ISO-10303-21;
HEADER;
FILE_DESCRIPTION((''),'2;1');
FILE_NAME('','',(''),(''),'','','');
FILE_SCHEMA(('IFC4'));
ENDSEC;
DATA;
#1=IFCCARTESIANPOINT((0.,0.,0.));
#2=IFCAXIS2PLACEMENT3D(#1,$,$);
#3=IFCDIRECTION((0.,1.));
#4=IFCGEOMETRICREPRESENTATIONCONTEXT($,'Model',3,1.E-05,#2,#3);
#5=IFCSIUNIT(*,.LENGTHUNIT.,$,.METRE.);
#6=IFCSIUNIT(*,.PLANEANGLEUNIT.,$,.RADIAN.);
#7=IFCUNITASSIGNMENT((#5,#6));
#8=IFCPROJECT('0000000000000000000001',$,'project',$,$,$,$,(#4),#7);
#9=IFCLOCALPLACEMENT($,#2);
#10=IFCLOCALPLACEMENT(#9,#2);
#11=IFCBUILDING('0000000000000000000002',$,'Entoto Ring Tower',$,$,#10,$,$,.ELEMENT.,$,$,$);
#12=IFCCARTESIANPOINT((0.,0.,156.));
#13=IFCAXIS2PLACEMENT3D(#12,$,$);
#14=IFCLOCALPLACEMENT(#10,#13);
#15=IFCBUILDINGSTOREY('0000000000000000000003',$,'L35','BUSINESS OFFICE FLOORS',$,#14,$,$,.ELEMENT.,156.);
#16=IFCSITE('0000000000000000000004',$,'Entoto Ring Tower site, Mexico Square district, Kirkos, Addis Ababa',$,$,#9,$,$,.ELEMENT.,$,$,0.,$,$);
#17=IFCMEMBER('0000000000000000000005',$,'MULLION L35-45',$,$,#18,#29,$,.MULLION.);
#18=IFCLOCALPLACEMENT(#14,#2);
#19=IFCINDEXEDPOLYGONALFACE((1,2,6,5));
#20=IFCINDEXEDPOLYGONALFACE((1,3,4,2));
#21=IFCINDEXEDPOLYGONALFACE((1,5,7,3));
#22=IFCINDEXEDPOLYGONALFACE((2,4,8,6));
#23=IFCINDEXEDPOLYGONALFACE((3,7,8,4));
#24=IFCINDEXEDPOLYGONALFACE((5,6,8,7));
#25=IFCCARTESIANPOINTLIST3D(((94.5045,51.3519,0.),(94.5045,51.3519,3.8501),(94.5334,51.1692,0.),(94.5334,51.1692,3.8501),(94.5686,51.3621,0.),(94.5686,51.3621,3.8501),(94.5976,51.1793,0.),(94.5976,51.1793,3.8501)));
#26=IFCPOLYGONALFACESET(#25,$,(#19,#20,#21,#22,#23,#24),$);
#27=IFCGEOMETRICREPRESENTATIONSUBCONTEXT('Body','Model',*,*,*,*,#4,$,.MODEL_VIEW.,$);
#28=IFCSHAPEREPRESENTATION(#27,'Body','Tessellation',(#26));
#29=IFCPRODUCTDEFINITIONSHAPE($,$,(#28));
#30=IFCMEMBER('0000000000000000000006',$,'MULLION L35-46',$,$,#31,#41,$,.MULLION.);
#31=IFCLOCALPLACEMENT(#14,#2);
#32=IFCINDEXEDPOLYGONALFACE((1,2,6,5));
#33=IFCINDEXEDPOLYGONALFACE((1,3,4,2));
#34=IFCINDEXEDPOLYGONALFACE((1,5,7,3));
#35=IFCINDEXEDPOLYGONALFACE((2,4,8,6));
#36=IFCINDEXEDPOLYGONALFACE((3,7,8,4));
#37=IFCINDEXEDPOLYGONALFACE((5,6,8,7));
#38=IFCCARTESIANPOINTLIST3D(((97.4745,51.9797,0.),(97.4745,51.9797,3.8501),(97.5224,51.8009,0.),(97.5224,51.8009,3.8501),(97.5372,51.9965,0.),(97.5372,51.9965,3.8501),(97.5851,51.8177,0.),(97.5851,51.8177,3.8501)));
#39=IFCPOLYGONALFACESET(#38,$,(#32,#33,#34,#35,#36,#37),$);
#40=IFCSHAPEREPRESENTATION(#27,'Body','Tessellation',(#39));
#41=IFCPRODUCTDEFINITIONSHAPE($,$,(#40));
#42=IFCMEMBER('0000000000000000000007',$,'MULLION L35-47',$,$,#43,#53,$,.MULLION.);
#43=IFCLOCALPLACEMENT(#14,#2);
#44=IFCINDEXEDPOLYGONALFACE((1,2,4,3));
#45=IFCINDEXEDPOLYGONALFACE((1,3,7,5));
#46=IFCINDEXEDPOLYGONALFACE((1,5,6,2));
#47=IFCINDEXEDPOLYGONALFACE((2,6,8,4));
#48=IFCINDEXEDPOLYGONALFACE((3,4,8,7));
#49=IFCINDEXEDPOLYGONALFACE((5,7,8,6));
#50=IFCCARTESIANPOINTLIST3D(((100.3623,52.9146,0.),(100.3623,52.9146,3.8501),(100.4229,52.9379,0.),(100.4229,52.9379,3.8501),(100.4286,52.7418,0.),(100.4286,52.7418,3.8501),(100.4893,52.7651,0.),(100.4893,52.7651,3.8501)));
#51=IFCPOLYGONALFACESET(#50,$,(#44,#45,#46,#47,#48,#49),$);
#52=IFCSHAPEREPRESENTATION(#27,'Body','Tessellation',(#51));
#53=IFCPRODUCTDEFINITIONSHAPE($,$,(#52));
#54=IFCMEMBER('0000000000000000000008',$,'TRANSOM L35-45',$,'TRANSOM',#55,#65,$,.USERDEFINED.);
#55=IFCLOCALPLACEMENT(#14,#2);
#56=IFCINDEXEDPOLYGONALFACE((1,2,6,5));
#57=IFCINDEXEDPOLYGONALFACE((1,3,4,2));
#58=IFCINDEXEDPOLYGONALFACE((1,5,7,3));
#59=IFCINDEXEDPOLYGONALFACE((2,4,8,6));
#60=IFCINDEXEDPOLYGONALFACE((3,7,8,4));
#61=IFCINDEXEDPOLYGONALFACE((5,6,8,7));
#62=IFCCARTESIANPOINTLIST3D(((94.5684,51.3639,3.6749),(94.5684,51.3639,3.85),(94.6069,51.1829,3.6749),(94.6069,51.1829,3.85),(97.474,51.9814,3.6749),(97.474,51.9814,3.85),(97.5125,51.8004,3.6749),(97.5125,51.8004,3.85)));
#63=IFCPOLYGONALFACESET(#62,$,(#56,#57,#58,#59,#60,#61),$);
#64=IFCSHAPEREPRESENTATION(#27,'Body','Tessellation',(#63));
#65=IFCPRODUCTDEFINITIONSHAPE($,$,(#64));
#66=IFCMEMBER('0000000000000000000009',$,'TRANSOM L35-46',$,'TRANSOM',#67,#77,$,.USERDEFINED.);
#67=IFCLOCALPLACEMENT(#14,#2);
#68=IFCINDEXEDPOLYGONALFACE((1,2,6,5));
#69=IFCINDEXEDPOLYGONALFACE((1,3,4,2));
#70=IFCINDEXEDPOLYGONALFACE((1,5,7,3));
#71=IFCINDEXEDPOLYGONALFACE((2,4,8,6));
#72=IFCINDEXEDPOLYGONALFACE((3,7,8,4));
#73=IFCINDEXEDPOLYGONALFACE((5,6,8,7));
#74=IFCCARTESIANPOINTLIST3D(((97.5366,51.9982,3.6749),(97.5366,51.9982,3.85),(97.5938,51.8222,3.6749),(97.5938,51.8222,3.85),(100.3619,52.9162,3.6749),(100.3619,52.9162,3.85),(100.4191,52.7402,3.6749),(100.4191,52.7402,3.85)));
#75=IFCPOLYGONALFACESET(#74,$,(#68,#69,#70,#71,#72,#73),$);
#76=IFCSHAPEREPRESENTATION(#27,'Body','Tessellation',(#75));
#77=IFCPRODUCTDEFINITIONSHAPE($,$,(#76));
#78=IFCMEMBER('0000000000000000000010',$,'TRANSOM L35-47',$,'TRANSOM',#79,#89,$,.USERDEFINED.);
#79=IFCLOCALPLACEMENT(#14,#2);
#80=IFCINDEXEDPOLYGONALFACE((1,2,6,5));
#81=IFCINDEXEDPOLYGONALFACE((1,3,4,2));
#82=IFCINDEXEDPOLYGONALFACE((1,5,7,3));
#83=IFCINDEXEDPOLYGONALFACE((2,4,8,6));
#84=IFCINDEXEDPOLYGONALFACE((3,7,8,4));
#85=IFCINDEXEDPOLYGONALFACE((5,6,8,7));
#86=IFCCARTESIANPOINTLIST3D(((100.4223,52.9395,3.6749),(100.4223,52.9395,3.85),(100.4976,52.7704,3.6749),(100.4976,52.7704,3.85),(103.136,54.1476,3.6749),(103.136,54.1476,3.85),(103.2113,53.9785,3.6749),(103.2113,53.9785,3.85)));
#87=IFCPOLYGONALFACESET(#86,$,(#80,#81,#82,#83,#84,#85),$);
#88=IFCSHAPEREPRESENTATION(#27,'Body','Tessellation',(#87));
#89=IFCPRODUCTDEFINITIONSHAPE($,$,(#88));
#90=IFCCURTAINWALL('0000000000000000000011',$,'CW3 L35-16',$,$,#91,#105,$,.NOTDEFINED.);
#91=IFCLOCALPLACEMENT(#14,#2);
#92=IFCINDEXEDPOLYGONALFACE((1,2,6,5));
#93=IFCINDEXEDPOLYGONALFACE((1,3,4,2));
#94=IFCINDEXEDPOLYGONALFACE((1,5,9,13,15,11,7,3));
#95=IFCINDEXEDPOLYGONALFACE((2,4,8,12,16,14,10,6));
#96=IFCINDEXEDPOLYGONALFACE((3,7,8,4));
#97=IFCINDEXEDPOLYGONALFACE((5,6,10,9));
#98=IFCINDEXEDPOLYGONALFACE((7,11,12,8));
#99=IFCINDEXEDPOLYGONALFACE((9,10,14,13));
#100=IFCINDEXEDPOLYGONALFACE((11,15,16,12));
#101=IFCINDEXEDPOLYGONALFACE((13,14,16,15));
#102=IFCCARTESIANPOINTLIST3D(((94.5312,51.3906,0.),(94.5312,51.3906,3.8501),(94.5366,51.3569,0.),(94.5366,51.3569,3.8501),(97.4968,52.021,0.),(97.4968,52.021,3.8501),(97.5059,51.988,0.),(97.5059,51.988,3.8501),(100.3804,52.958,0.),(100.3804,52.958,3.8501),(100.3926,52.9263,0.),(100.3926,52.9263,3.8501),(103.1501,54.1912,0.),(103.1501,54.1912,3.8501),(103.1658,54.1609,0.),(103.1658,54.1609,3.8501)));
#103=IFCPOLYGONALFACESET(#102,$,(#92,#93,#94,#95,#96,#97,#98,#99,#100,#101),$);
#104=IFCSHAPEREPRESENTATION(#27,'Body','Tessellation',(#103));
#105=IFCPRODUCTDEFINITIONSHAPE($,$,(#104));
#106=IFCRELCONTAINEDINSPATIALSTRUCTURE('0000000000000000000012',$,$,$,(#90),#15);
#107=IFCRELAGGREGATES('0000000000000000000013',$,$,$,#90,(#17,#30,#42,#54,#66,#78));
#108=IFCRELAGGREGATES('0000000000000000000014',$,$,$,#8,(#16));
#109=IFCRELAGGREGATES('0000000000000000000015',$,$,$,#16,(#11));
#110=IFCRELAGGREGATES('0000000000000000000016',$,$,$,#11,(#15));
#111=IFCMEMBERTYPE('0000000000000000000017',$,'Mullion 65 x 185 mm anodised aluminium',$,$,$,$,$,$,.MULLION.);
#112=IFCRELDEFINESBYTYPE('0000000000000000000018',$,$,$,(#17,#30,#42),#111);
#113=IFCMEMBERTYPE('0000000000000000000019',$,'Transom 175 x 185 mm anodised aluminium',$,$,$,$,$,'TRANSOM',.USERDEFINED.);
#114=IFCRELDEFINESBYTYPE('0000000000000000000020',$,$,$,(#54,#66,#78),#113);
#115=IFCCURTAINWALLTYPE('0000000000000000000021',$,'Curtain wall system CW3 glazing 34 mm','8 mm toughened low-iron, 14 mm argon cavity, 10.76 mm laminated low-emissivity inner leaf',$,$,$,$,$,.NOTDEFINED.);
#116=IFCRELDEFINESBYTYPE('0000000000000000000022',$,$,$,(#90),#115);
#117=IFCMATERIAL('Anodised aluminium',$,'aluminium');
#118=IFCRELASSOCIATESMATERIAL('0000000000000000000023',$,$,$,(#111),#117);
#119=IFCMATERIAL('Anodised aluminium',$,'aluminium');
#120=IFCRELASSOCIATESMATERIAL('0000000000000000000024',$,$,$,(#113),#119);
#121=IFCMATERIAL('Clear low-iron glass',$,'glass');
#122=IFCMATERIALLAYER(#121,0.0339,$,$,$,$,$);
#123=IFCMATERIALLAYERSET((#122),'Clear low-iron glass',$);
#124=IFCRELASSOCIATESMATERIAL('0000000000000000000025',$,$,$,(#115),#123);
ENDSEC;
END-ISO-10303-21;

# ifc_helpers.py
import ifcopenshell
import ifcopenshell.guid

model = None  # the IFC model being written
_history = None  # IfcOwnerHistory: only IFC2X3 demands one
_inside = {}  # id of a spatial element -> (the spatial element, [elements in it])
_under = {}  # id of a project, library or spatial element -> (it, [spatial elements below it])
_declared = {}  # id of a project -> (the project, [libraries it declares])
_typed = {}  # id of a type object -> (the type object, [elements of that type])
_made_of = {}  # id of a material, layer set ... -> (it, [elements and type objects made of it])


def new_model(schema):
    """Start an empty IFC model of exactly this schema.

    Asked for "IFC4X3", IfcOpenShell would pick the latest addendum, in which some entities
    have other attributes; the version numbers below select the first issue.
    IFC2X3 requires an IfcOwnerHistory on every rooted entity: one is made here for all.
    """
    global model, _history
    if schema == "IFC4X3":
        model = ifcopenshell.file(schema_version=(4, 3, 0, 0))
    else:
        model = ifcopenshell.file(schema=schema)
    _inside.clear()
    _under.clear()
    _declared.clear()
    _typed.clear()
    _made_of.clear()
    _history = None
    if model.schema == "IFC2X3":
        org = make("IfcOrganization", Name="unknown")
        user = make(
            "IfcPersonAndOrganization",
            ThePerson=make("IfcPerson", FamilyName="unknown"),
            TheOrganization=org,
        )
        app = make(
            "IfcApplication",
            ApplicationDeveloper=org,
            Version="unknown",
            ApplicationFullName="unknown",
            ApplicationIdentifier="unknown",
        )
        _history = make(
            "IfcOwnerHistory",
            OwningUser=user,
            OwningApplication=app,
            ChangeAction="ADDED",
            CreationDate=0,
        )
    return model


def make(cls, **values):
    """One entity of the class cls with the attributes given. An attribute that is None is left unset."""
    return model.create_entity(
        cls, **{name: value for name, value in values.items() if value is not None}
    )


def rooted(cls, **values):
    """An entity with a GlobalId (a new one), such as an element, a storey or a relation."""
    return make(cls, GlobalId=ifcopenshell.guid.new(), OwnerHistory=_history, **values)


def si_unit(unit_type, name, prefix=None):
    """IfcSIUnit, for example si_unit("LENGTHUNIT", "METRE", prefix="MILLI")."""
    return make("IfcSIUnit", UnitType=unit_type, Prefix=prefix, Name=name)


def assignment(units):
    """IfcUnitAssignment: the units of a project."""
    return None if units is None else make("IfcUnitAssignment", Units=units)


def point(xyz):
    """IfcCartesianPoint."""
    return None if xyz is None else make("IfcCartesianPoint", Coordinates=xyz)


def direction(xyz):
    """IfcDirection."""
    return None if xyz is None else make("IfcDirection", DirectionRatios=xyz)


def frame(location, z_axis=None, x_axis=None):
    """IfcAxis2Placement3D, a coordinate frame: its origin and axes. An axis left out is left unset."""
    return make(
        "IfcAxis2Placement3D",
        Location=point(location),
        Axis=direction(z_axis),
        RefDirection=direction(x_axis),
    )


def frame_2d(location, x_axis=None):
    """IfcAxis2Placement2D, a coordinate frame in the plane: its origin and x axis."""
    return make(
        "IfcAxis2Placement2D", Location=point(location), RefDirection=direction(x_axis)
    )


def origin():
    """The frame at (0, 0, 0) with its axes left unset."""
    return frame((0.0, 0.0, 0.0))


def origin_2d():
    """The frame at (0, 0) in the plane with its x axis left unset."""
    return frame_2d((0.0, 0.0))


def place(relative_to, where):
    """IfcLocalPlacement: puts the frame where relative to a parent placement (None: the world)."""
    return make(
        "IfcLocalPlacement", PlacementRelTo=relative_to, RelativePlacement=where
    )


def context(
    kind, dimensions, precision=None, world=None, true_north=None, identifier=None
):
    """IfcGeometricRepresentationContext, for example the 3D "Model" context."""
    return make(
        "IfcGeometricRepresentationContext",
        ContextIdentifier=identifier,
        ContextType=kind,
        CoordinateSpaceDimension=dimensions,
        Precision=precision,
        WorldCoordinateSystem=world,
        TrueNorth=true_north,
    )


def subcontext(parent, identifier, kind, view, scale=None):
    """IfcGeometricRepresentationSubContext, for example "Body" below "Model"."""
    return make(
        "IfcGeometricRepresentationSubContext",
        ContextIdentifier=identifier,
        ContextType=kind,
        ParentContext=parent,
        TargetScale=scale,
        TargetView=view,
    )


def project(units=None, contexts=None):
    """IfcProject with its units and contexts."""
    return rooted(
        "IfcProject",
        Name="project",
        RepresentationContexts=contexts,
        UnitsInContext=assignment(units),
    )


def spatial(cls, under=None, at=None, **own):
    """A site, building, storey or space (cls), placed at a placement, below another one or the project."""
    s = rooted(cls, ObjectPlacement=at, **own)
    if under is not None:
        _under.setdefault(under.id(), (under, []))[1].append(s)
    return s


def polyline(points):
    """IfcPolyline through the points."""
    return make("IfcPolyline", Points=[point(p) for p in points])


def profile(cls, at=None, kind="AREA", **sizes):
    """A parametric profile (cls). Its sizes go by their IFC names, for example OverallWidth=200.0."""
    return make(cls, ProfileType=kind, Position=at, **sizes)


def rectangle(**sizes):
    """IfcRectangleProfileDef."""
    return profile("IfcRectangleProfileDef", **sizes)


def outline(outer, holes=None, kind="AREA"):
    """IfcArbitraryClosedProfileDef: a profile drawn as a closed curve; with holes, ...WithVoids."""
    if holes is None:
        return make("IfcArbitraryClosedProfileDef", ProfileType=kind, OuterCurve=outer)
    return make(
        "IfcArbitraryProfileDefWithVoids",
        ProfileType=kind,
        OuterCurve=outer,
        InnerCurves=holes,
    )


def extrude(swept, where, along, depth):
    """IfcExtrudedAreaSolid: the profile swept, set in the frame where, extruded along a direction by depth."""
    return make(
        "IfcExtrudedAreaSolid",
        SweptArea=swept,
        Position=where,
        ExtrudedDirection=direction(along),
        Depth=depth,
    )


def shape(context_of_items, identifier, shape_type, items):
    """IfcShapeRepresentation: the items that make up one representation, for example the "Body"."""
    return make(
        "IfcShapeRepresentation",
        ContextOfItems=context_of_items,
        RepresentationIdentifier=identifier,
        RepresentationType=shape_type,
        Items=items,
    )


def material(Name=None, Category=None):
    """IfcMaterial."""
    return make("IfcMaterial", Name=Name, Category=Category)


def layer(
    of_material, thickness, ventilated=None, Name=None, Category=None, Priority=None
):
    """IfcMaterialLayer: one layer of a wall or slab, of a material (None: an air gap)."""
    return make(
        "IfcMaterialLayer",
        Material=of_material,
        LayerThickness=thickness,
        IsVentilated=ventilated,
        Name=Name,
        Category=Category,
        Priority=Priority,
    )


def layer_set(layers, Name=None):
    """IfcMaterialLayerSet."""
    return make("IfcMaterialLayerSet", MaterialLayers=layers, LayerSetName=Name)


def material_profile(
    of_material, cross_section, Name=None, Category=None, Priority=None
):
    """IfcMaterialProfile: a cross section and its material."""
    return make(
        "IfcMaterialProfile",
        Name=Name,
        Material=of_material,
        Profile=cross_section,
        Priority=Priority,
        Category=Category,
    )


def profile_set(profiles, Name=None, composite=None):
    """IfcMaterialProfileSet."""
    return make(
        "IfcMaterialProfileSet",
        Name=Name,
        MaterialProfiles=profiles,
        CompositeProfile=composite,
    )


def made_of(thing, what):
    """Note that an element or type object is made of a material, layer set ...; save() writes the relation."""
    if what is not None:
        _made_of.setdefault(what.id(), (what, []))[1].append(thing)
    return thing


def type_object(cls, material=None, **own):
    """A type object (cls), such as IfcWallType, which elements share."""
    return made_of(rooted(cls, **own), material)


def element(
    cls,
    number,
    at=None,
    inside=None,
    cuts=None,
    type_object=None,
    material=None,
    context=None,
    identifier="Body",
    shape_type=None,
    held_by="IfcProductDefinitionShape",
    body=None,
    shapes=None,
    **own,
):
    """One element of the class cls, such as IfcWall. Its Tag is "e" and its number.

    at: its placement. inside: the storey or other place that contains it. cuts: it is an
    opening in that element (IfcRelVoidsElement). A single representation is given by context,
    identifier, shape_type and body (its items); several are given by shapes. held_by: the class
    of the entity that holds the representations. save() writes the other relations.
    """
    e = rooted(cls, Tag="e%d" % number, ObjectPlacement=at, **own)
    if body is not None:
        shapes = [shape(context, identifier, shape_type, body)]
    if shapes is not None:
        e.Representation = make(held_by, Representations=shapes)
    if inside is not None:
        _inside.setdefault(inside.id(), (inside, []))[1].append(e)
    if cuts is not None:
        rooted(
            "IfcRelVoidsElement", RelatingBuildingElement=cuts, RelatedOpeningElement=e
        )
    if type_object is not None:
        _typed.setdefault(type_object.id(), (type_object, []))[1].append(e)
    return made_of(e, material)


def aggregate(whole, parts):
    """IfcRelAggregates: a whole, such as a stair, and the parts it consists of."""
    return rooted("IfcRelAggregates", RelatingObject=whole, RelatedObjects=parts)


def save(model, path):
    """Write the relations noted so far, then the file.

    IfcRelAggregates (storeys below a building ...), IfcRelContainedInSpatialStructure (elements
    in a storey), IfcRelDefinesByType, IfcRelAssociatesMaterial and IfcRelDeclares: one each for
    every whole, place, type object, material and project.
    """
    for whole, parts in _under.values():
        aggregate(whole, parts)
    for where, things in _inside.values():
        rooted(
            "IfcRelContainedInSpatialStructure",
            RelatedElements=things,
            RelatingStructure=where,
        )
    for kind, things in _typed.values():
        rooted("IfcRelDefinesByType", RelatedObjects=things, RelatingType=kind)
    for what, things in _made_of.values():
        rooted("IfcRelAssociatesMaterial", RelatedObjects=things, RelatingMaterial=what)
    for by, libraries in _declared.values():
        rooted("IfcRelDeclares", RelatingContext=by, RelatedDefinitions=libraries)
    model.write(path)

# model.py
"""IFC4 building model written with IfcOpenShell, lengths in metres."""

from ifc_helpers import new_model, si_unit, direction, frame, origin, origin_2d, place, context, subcontext, project, spatial, polyline, rectangle, outline, extrude, material, layer, layer_set, material_profile, profile_set, type_object, element, aggregate, save


model = new_model("IFC4")

# Units and contexts
model_context = context("Model", 3, precision=1e-05, world=origin(), true_north=direction((0.0, 1.0)))
body_context = subcontext(model_context, "Body", "Model", "MODEL_VIEW")
ifc_project = project(units=[si_unit("LENGTHUNIT", "METRE"), si_unit("PLANEANGLEUNIT", "RADIAN")], contexts=[model_context])

# Members
ifc_material_1 = material(Name="Anodised aluminium", Category="aluminium")
ifc_material_profile_1 = material_profile(ifc_material_1, rectangle(XDim=0.0649, YDim=0.1851, at=origin_2d()), Name="Mullion 65 x 185 mm anodised aluminium")
ifc_profile_set_1 = profile_set([ifc_material_profile_1], Name="Anodised aluminium")
member_type_1 = type_object("IfcMemberType", Name="Mullion 65 x 185 mm anodised aluminium", PredefinedType="MULLION", material=ifc_profile_set_1)
site_placement = place(None, origin())
building_placement = place(site_placement, origin())
storey_placement = place(building_placement, frame((0.0, 0.0, 156.0)))
member_1_placement = place(storey_placement, frame((94.551, 51.2656, 0.0), z_axis=(0.0, 0.0, 1.0), x_axis=(0.987688, 0.156434, 0.0)))
member_1 = element("IfcMember", 1, at=member_1_placement, type_object=member_type_1, Name="MULLION L35-45", PredefinedType="MULLION", context=body_context, shape_type="SweptSolid", body=[
    extrude(rectangle(XDim=0.0649, YDim=0.1851, at=origin_2d()), origin(), (0.0, 0.0, 1.0), 3.8501),
])
member_2_placement = place(storey_placement, frame((97.5298, 51.8987, 0.0), z_axis=(0.0, 0.0, 1.0), x_axis=(0.965926, 0.258819, 0.0)))
member_2 = element("IfcMember", 2, at=member_2_placement, type_object=member_type_1, Name="MULLION L35-46", PredefinedType="MULLION", context=body_context, shape_type="SweptSolid", body=[
    extrude(rectangle(XDim=0.0649, YDim=0.1851, at=origin_2d()), origin(), (0.0, 0.0, 1.0), 3.8501),
])
member_3_placement = place(storey_placement, frame((100.4258, 52.8398, 0.0), z_axis=(0.0, 0.0, 1.0), x_axis=(0.93358, 0.358368, 0.0)))
member_3 = element("IfcMember", 3, at=member_3_placement, type_object=member_type_1, Name="MULLION L35-47", PredefinedType="MULLION", context=body_context, shape_type="SweptSolid", body=[
    extrude(rectangle(XDim=0.0649, YDim=0.1851, at=origin_2d()), origin(), (0.0, 0.0, 1.0), 3.8501),
])
ifc_material_2 = material(Name="Anodised aluminium", Category="aluminium")
ifc_material_profile_2 = material_profile(ifc_material_2, rectangle(XDim=0.1851, YDim=0.175, at=origin_2d()), Name="Transom 175 x 185 mm anodised aluminium")
ifc_profile_set_2 = profile_set([ifc_material_profile_2], Name="Anodised aluminium")
member_type_2 = type_object("IfcMemberType", Name="Transom 175 x 185 mm anodised aluminium", ElementType="TRANSOM", PredefinedType="USERDEFINED", material=ifc_profile_set_2)
member_4_placement = place(storey_placement, frame((94.5876, 51.2734, 3.7625), z_axis=(0.978158, 0.207862, 0.0), x_axis=(-0.207862, 0.978158, 0.0)))
member_4 = element("IfcMember", 4, at=member_4_placement, type_object=member_type_2, Name="TRANSOM L35-45", ObjectType="TRANSOM", PredefinedType="USERDEFINED", context=body_context, shape_type="SweptSolid", body=[
    extrude(rectangle(XDim=0.1851, YDim=0.175, at=origin_2d()), origin(), (0.0, 0.0, 1.0), 2.9705),
])
member_5_placement = place(storey_placement, frame((97.5652, 51.9102, 3.7625), z_axis=(0.951056, 0.309019, 0.0), x_axis=(-0.309019, 0.951056, 0.0)))
member_5 = element("IfcMember", 5, at=member_5_placement, type_object=member_type_2, Name="TRANSOM L35-46", ObjectType="TRANSOM", PredefinedType="USERDEFINED", context=body_context, shape_type="SweptSolid", body=[
    extrude(rectangle(XDim=0.1851, YDim=0.175, at=origin_2d()), origin(), (0.0, 0.0, 1.0), 2.9707),
])
member_6_placement = place(storey_placement, frame((100.46, 52.855, 3.7625), z_axis=(0.913567, 0.406687, 0.0), x_axis=(-0.406687, 0.913567, 0.0)))
member_6 = element("IfcMember", 6, at=member_6_placement, type_object=member_type_2, Name="TRANSOM L35-47", ObjectType="TRANSOM", PredefinedType="USERDEFINED", context=body_context, shape_type="SweptSolid", body=[
    extrude(rectangle(XDim=0.1851, YDim=0.175, at=origin_2d()), origin(), (0.0, 0.0, 1.0), 2.9705),
])

# Site, building, storey
site = spatial("IfcSite", under=ifc_project, at=site_placement, Name="Entoto Ring Tower site, Mexico Square district, Kirkos, Addis Ababa", CompositionType="ELEMENT", RefElevation=0.0)
building = spatial("IfcBuilding", under=site, at=building_placement, Name="Entoto Ring Tower", CompositionType="ELEMENT")
storey = spatial("IfcBuildingStorey", under=building, at=storey_placement, Name="L35", Description="BUSINESS OFFICE FLOORS", CompositionType="ELEMENT", Elevation=156.0)

# Curtain wall
ifc_material_3 = material(Name="Clear low-iron glass", Category="glass")
ifc_layer_1 = layer(ifc_material_3, 0.0339)
ifc_layer_set_1 = layer_set([ifc_layer_1], Name="Clear low-iron glass")
curtain_wall_type = type_object("IfcCurtainWallType", Name="Curtain wall system CW3 glazing 34 mm", Description="8 mm toughened low-iron, 14 mm argon cavity, 10.76 mm laminated low-emissivity inner leaf", PredefinedType="NOTDEFINED", material=ifc_layer_set_1)
curtain_wall_1_placement = place(storey_placement, origin())
curtain_wall_1 = element("IfcCurtainWall", 7, at=curtain_wall_1_placement, inside=storey, type_object=curtain_wall_type, Name="CW3 L35-16", PredefinedType="NOTDEFINED", context=body_context, shape_type="SweptSolid", body=[
    extrude(outline(polyline([(94.5366, 51.3569), (97.5059, 51.988), (100.3926, 52.9263), (103.1658, 54.1609), (103.1501, 54.1912), (100.3804, 52.958), (97.4968, 52.021), (94.5312, 51.3906), (94.5366, 51.3569)])), origin(), (0.0, 0.0, 1.0), 3.8501),
])
aggregate(curtain_wall_1, [member_1, member_2, member_3, member_4, member_5, member_6])

save(model, "model.ifc")
